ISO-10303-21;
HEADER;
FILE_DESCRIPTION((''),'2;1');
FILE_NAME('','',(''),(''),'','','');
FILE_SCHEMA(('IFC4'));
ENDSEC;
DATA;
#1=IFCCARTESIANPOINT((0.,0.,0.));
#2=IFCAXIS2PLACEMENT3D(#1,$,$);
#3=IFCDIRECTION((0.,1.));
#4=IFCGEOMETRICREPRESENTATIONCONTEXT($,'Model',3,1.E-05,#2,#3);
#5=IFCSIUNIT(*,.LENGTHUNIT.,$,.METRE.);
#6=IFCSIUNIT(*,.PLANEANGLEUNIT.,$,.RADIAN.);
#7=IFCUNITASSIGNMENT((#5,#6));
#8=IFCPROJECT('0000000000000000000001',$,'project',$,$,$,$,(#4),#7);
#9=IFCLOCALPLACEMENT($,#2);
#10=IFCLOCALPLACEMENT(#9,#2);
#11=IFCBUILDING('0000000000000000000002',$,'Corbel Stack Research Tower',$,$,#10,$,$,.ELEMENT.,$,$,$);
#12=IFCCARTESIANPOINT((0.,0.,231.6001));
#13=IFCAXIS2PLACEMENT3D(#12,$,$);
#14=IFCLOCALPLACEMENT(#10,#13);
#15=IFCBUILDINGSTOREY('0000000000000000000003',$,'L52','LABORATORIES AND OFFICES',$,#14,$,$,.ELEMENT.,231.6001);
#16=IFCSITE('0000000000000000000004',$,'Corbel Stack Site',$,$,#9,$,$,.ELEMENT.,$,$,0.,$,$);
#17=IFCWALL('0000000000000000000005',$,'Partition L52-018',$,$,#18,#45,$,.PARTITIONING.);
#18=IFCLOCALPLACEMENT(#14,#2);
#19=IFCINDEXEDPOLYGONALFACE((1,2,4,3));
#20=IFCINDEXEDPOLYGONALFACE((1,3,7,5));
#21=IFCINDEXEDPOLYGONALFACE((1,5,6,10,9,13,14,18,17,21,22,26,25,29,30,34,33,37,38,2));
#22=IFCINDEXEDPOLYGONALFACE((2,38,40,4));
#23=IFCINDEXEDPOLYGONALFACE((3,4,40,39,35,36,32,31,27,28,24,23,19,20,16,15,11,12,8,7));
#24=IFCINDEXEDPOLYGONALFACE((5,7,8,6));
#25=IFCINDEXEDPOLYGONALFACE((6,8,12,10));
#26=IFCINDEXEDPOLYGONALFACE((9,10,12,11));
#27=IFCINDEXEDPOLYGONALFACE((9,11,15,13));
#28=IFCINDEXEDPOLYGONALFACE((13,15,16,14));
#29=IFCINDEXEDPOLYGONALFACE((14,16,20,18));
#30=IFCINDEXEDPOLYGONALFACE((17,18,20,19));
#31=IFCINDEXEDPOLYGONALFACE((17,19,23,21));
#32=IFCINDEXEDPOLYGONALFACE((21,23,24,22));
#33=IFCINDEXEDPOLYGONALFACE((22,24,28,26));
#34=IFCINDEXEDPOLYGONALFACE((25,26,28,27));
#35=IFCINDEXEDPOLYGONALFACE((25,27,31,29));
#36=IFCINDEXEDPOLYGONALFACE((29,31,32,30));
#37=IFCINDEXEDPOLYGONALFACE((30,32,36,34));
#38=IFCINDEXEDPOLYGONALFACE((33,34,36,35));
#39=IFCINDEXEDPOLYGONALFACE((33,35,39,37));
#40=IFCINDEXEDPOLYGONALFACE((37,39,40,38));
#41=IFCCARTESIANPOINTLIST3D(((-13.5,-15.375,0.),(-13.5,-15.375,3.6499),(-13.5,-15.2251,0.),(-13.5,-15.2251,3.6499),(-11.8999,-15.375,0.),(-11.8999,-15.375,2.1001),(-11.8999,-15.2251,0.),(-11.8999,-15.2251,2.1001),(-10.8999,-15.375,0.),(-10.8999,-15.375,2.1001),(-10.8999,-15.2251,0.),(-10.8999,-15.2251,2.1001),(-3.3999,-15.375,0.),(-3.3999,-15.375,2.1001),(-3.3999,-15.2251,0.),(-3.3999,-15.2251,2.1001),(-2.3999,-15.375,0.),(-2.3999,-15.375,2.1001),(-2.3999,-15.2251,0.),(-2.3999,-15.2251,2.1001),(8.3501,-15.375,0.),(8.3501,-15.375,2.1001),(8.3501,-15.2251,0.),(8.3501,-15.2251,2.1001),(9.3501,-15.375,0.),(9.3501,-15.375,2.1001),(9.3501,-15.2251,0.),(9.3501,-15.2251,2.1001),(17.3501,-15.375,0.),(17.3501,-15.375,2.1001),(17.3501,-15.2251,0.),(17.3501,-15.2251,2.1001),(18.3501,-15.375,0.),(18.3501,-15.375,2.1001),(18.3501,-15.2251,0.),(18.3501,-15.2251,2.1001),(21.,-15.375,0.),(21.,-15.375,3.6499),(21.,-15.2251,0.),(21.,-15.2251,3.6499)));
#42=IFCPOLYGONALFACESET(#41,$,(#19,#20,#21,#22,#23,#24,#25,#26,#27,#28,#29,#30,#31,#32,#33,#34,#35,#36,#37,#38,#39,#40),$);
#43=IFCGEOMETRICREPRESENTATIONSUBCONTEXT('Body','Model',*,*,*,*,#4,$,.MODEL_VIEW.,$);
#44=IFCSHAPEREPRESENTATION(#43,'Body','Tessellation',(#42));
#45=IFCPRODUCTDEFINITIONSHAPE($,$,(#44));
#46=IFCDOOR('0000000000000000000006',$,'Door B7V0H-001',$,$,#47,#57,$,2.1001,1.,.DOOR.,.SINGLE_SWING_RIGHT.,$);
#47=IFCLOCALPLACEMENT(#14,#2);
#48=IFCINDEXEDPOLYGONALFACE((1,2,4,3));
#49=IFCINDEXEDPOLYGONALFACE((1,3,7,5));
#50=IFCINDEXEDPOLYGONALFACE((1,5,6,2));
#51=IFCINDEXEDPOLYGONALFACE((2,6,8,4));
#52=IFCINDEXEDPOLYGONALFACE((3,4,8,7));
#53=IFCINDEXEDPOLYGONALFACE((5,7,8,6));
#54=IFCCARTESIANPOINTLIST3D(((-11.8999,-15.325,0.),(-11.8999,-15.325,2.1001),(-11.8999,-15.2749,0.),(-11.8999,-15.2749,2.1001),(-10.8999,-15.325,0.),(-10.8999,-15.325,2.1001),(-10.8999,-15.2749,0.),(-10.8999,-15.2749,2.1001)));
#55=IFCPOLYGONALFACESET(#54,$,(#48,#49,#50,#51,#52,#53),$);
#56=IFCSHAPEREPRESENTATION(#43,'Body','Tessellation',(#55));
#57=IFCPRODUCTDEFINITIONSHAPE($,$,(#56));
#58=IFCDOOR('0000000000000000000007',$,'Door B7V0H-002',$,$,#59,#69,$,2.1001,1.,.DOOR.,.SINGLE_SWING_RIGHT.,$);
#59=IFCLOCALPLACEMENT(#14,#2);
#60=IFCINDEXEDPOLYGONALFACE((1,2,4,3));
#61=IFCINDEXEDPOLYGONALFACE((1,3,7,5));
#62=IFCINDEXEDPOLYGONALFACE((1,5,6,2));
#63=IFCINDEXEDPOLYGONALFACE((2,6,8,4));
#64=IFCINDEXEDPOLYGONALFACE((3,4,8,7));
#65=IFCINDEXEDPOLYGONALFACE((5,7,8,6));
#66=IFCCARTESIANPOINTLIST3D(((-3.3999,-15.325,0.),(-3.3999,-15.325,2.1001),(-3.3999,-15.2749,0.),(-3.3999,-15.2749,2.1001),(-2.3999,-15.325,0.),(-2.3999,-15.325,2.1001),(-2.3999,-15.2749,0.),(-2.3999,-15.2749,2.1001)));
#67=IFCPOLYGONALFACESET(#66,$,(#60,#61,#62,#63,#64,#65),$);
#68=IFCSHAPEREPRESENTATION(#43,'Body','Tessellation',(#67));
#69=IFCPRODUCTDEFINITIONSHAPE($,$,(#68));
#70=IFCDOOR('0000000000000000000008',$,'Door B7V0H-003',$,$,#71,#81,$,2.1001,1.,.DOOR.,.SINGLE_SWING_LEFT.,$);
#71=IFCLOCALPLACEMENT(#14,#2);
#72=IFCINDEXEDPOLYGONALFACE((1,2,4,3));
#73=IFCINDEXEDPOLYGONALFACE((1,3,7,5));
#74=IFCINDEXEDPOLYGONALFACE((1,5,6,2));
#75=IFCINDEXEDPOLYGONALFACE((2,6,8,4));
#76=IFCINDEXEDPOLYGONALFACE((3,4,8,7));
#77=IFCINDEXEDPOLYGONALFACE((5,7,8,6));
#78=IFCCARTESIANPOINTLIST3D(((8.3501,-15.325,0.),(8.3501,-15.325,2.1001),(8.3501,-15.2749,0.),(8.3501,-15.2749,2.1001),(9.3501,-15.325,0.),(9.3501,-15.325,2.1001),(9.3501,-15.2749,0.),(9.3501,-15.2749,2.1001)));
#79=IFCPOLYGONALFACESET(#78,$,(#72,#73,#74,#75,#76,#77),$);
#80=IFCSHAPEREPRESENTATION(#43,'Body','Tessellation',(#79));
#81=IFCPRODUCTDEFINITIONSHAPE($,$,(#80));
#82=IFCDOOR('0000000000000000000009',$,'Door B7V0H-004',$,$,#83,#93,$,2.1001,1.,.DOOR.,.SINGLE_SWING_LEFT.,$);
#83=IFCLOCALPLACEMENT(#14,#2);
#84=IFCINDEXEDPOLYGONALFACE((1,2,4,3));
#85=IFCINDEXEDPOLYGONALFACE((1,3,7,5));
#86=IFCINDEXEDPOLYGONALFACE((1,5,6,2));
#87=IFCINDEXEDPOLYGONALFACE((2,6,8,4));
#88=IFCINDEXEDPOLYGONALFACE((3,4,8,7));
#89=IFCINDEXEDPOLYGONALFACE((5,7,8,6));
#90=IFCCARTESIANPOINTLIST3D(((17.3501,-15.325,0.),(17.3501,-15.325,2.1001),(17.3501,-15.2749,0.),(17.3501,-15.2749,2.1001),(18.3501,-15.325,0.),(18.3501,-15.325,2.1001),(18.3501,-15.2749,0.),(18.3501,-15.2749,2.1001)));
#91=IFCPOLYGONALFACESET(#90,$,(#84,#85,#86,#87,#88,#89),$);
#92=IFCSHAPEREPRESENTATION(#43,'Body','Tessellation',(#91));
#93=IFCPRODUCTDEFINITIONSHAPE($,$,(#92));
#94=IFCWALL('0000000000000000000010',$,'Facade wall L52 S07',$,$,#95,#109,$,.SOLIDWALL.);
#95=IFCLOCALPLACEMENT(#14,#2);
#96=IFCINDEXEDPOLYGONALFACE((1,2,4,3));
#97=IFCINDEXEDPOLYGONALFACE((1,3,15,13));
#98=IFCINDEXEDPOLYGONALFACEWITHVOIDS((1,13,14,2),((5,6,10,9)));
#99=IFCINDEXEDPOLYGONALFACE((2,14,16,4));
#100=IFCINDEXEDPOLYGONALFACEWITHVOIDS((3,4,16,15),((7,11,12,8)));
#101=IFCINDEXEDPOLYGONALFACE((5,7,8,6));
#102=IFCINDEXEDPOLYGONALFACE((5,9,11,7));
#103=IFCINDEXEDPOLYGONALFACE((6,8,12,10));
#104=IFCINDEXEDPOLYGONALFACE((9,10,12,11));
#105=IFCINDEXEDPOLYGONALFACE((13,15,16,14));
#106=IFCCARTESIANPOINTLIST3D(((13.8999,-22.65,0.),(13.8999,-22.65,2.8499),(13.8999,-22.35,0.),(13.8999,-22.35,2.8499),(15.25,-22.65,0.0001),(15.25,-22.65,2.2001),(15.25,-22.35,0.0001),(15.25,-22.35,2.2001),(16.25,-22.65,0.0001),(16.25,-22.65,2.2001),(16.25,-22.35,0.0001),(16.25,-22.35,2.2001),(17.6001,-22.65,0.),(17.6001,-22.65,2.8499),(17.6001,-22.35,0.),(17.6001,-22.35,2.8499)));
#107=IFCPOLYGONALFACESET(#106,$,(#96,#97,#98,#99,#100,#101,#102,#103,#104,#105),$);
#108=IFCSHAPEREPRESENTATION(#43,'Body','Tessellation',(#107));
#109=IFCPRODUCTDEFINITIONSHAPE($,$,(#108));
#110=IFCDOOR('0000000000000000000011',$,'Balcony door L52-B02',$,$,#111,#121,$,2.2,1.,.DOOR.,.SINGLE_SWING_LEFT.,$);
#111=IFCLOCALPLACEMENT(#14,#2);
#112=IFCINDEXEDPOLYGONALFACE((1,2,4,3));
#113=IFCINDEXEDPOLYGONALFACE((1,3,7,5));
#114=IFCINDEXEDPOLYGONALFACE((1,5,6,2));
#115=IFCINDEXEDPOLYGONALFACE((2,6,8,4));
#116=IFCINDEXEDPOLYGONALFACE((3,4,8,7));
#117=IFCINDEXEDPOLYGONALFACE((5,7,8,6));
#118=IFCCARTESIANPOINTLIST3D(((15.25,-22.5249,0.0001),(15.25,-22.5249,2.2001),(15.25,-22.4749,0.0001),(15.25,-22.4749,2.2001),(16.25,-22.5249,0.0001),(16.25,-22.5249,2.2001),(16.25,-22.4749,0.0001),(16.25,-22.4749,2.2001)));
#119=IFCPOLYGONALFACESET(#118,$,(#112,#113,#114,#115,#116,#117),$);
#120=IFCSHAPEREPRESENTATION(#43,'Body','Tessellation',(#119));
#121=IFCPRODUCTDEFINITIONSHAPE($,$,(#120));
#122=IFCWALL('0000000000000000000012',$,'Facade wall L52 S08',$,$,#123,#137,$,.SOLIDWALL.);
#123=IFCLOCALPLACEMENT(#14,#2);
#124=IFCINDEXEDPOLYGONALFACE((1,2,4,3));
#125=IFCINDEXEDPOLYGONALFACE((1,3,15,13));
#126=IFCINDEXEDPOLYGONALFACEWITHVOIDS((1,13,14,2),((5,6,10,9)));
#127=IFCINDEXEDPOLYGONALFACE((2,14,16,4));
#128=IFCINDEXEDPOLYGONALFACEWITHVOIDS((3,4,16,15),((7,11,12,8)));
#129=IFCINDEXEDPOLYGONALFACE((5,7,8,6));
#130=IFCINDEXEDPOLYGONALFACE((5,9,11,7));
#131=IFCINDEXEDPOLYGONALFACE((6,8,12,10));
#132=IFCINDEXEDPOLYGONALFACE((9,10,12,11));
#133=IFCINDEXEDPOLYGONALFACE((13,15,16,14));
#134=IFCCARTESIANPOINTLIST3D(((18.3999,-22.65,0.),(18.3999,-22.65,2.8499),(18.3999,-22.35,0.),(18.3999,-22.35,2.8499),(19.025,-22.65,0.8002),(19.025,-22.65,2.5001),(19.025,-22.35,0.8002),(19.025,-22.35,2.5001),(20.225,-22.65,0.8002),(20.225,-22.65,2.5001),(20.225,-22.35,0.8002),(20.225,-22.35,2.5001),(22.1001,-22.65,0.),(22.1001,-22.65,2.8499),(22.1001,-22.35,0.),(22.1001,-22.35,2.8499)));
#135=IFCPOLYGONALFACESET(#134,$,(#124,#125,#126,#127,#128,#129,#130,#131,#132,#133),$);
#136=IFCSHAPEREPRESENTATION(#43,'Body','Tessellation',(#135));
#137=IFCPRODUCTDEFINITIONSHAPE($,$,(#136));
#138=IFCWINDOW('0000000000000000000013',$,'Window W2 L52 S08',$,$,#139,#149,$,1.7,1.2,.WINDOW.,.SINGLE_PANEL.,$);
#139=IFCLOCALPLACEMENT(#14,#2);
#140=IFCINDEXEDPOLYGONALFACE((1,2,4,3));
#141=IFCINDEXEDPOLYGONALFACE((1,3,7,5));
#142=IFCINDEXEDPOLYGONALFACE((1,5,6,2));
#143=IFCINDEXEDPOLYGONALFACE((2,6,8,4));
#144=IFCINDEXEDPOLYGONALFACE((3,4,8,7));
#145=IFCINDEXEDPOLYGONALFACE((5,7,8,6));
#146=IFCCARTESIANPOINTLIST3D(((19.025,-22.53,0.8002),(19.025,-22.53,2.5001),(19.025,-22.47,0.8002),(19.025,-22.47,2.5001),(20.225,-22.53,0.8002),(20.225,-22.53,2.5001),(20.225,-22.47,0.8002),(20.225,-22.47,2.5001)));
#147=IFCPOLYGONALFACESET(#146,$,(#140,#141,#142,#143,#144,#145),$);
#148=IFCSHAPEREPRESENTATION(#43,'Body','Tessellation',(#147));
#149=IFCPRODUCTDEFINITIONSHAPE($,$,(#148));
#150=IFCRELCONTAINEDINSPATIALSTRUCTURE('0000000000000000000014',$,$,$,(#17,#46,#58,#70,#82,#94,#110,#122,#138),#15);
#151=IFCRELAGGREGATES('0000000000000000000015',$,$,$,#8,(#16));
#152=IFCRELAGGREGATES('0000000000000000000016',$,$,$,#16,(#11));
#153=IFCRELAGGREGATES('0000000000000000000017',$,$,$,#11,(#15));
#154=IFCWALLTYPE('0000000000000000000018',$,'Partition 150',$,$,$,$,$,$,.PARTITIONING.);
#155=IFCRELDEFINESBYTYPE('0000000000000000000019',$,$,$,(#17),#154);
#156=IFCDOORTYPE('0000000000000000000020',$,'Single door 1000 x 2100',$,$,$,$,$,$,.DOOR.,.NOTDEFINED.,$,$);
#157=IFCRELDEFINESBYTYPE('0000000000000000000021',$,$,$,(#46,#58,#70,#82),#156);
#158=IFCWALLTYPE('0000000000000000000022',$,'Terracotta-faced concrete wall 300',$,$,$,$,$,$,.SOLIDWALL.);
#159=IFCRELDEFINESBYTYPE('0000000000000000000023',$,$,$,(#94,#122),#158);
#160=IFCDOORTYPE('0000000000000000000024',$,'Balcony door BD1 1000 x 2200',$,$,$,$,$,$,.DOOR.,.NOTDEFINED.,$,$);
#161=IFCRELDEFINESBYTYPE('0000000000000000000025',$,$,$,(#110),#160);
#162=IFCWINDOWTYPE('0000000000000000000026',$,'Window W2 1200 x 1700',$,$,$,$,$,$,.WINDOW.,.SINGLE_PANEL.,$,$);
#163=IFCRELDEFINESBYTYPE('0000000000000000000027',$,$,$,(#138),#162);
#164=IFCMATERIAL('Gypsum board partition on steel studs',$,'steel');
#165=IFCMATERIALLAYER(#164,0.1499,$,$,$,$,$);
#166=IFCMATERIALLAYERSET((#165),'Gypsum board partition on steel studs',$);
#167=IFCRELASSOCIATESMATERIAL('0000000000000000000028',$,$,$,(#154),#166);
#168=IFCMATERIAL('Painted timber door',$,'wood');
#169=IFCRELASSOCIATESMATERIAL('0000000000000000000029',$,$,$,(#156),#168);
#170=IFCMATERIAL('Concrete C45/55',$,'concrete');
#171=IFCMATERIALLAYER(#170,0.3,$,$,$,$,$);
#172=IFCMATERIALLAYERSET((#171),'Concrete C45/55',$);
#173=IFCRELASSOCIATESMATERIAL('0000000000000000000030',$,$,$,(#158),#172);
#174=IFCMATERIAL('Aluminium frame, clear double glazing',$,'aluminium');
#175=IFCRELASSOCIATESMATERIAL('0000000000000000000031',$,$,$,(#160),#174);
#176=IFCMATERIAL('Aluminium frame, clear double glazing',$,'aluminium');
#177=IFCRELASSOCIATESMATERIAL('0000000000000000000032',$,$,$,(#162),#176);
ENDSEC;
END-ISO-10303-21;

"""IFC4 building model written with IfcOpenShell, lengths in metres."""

from ifc_helpers import new_model, si_unit, direction, frame, frame_2d, origin, place, context, subcontext, project, spatial, rectangle, extrude, material, layer, layer_set, type_object, element, fill, save


model = new_model("IFC4")

# Units and contexts
model_context = context("Model", 3, precision=1e-05, world=origin(), true_north=direction((0.0, 1.0)))
body_context = subcontext(model_context, "Body", "Model", "MODEL_VIEW")
ifc_project = project(units=[si_unit("LENGTHUNIT", "METRE"), si_unit("PLANEANGLEUNIT", "RADIAN")], contexts=[model_context])

# Site, building, storey
site_placement = place(None, origin())
site = spatial("IfcSite", under=ifc_project, at=site_placement, Name="Corbel Stack Site", CompositionType="ELEMENT", RefElevation=0.0)
building_placement = place(site_placement, origin())
building = spatial("IfcBuilding", under=site, at=building_placement, Name="Corbel Stack Research Tower", CompositionType="ELEMENT")
storey_placement = place(building_placement, frame((0.0, 0.0, 231.6001)))
storey = spatial("IfcBuildingStorey", under=building, at=storey_placement, Name="L52", Description="LABORATORIES AND OFFICES", CompositionType="ELEMENT", Elevation=231.6001)

# Wall, openings, doors
ifc_material_1 = material(Name="Gypsum board partition on steel studs", Category="steel")
ifc_layer_1 = layer(ifc_material_1, 0.1499)
ifc_layer_set_1 = layer_set([ifc_layer_1], Name="Gypsum board partition on steel studs")
wall_type_1 = type_object("IfcWallType", Name="Partition 150", PredefinedType="PARTITIONING", material=ifc_layer_set_1)
wall_1_placement = place(storey_placement, frame((21.0, -15.3, 0.0), z_axis=(0.0, 0.0, 1.0), x_axis=(-1.0, 0.0, 0.0)))
wall_1 = element("IfcWall", 1, at=wall_1_placement, inside=storey, type_object=wall_type_1, Name="Partition L52-018", PredefinedType="PARTITIONING", context=body_context, shape_type="SweptSolid", body=[
    extrude(rectangle(XDim=34.5, YDim=0.1499, at=frame_2d((17.25, 0.0))), origin(), (0.0, 0.0, 1.0), 3.6499),
])
opening_1_placement = place(wall_1_placement, frame((31.8999, 0.0, 0.0)))
opening_1 = element("IfcOpeningElement", 2, at=opening_1_placement, cuts=wall_1, PredefinedType="OPENING", context=body_context, shape_type="SweptSolid", body=[
    extrude(rectangle(XDim=1.0, YDim=2.1001, at=frame_2d((0.5, 1.05))), frame((0.0, 0.085, 0.0), z_axis=(0.0, -1.0, 0.0), x_axis=(1.0, 0.0, 0.0)), (0.0, 0.0, 1.0), 0.1699),
])
opening_2_placement = place(wall_1_placement, frame((23.3999, 0.0, 0.0)))
opening_2 = element("IfcOpeningElement", 3, at=opening_2_placement, cuts=wall_1, PredefinedType="OPENING", context=body_context, shape_type="SweptSolid", body=[
    extrude(rectangle(XDim=1.0, YDim=2.1001, at=frame_2d((0.5, 1.05))), frame((0.0, 0.085, 0.0), z_axis=(0.0, -1.0, 0.0), x_axis=(1.0, 0.0, 0.0)), (0.0, 0.0, 1.0), 0.1699),
])
opening_3_placement = place(wall_1_placement, frame((11.6499, 0.0, 0.0)))
opening_3 = element("IfcOpeningElement", 4, at=opening_3_placement, cuts=wall_1, PredefinedType="OPENING", context=body_context, shape_type="SweptSolid", body=[
    extrude(rectangle(XDim=1.0, YDim=2.1001, at=frame_2d((0.5, 1.05))), frame((0.0, 0.085, 0.0), z_axis=(0.0, -1.0, 0.0), x_axis=(1.0, 0.0, 0.0)), (0.0, 0.0, 1.0), 0.1699),
])
opening_4_placement = place(wall_1_placement, frame((2.6499, 0.0, 0.0)))
opening_4 = element("IfcOpeningElement", 5, at=opening_4_placement, cuts=wall_1, PredefinedType="OPENING", context=body_context, shape_type="SweptSolid", body=[
    extrude(rectangle(XDim=1.0, YDim=2.1001, at=frame_2d((0.5, 1.05))), frame((0.0, 0.085, 0.0), z_axis=(0.0, -1.0, 0.0), x_axis=(1.0, 0.0, 0.0)), (0.0, 0.0, 1.0), 0.1699),
])
ifc_material_2 = material(Name="Painted timber door", Category="wood")
door_type_1 = type_object("IfcDoorType", Name="Single door 1000 x 2100", OperationType="NOTDEFINED", PredefinedType="DOOR", material=ifc_material_2)
door_1_placement = place(opening_1_placement, origin())
door_1 = element("IfcDoor", 6, at=door_1_placement, inside=storey, type_object=door_type_1, Name="Door B7V0H-001", OperationType="SINGLE_SWING_RIGHT", OverallHeight=2.1001, OverallWidth=1.0, PredefinedType="DOOR", context=body_context, shape_type="SweptSolid", body=[
    extrude(rectangle(XDim=1.0, YDim=2.1001, at=frame_2d((0.5, 1.05))), frame((0.0, 0.0249, 0.0), z_axis=(0.0, -1.0, 0.0), x_axis=(1.0, 0.0, 0.0)), (0.0, 0.0, 1.0), 0.05),
])
fill(opening_1, door_1)
door_2_placement = place(opening_2_placement, origin())
door_2 = element("IfcDoor", 7, at=door_2_placement, inside=storey, type_object=door_type_1, Name="Door B7V0H-002", OperationType="SINGLE_SWING_RIGHT", OverallHeight=2.1001, OverallWidth=1.0, PredefinedType="DOOR", context=body_context, shape_type="SweptSolid", body=[
    extrude(rectangle(XDim=1.0, YDim=2.1001, at=frame_2d((0.5, 1.05))), frame((0.0, 0.0249, 0.0), z_axis=(0.0, -1.0, 0.0), x_axis=(1.0, 0.0, 0.0)), (0.0, 0.0, 1.0), 0.05),
])
fill(opening_2, door_2)
door_3_placement = place(opening_3_placement, origin())
door_3 = element("IfcDoor", 8, at=door_3_placement, inside=storey, type_object=door_type_1, Name="Door B7V0H-003", OperationType="SINGLE_SWING_LEFT", OverallHeight=2.1001, OverallWidth=1.0, PredefinedType="DOOR", context=body_context, shape_type="SweptSolid", body=[
    extrude(rectangle(XDim=1.0, YDim=2.1001, at=frame_2d((0.5, 1.05))), frame((0.0, 0.0249, 0.0), z_axis=(0.0, -1.0, 0.0), x_axis=(1.0, 0.0, 0.0)), (0.0, 0.0, 1.0), 0.05),
])
fill(opening_3, door_3)
door_4_placement = place(opening_4_placement, origin())
door_4 = element("IfcDoor", 9, at=door_4_placement, inside=storey, type_object=door_type_1, Name="Door B7V0H-004", OperationType="SINGLE_SWING_LEFT", OverallHeight=2.1001, OverallWidth=1.0, PredefinedType="DOOR", context=body_context, shape_type="SweptSolid", body=[
    extrude(rectangle(XDim=1.0, YDim=2.1001, at=frame_2d((0.5, 1.05))), frame((0.0, 0.0249, 0.0), z_axis=(0.0, -1.0, 0.0), x_axis=(1.0, 0.0, 0.0)), (0.0, 0.0, 1.0), 0.05),
])
fill(opening_4, door_4)

# Wall, opening, door
ifc_material_3 = material(Name="Concrete C45/55", Category="concrete")
ifc_layer_2 = layer(ifc_material_3, 0.3)
ifc_layer_set_2 = layer_set([ifc_layer_2], Name="Concrete C45/55")
wall_type_2 = type_object("IfcWallType", Name="Terracotta-faced concrete wall 300", PredefinedType="SOLIDWALL", material=ifc_layer_set_2)
wall_2_placement = place(storey_placement, frame((17.6001, -22.5, 0.0), z_axis=(0.0, 0.0, 1.0), x_axis=(-1.0, 0.0, 0.0)))
wall_2 = element("IfcWall", 10, at=wall_2_placement, inside=storey, type_object=wall_type_2, Name="Facade wall L52 S07", PredefinedType="SOLIDWALL", context=body_context, shape_type="SweptSolid", body=[
    extrude(rectangle(XDim=3.7002, YDim=0.3, at=frame_2d((1.8501, 0.0))), origin(), (0.0, 0.0, 1.0), 2.8499),
])
opening_5_placement = place(wall_2_placement, frame((1.3501, 0.0, 0.0)))
opening_5 = element("IfcOpeningElement", 11, at=opening_5_placement, cuts=wall_2, PredefinedType="OPENING", context=body_context, shape_type="SweptSolid", body=[
    extrude(rectangle(XDim=1.0, YDim=2.2, at=frame_2d((0.5, 1.1001))), frame((0.0, 0.1599, 0.0), z_axis=(0.0, -1.0, 0.0), x_axis=(1.0, 0.0, 0.0)), (0.0, 0.0, 1.0), 0.3201),
])
ifc_material_4 = material(Name="Aluminium frame, clear double glazing", Category="aluminium")
door_type_2 = type_object("IfcDoorType", Name="Balcony door BD1 1000 x 2200", OperationType="NOTDEFINED", PredefinedType="DOOR", material=ifc_material_4)
door_5_placement = place(opening_5_placement, origin())
door_5 = element("IfcDoor", 12, at=door_5_placement, inside=storey, type_object=door_type_2, Name="Balcony door L52-B02", OperationType="SINGLE_SWING_LEFT", OverallHeight=2.2, OverallWidth=1.0, PredefinedType="DOOR", context=body_context, shape_type="SweptSolid", body=[
    extrude(rectangle(XDim=1.0, YDim=2.2, at=frame_2d((0.5, 1.1001))), frame((0.0, 0.0249, 0.0), z_axis=(0.0, -1.0, 0.0), x_axis=(1.0, 0.0, 0.0)), (0.0, 0.0, 1.0), 0.05),
])
fill(opening_5, door_5)

# Wall, opening, window
wall_3_placement = place(storey_placement, frame((22.1001, -22.5, 0.0), z_axis=(0.0, 0.0, 1.0), x_axis=(-1.0, 0.0, 0.0)))
wall_3 = element("IfcWall", 13, at=wall_3_placement, inside=storey, type_object=wall_type_2, Name="Facade wall L52 S08", PredefinedType="SOLIDWALL", context=body_context, shape_type="SweptSolid", body=[
    extrude(rectangle(XDim=3.7002, YDim=0.3, at=frame_2d((1.8501, 0.0))), origin(), (0.0, 0.0, 1.0), 2.8499),
])
opening_6_placement = place(wall_3_placement, frame((1.875, 0.0, 0.8)))
opening_6 = element("IfcOpeningElement", 14, at=opening_6_placement, cuts=wall_3, PredefinedType="OPENING", context=body_context, shape_type="SweptSolid", body=[
    extrude(rectangle(XDim=1.2, YDim=1.7, at=frame_2d((0.6001, 0.8501))), frame((0.0, 0.1599, 0.0), z_axis=(0.0, -1.0, 0.0), x_axis=(1.0, 0.0, 0.0)), (0.0, 0.0, 1.0), 0.3201),
])
ifc_material_5 = material(Name="Aluminium frame, clear double glazing", Category="aluminium")
window_type_1 = type_object("IfcWindowType", Name="Window W2 1200 x 1700", PartitioningType="SINGLE_PANEL", PredefinedType="WINDOW", material=ifc_material_5)
window_1_placement = place(opening_6_placement, origin())
window_1 = element("IfcWindow", 15, at=window_1_placement, inside=storey, type_object=window_type_1, Name="Window W2 L52 S08", OverallHeight=1.7, OverallWidth=1.2, PartitioningType="SINGLE_PANEL", PredefinedType="WINDOW", context=body_context, shape_type="SweptSolid", body=[
    extrude(rectangle(XDim=1.2, YDim=1.7, at=frame_2d((0.6001, 0.8501))), frame((0.0, 0.03, 0.0), z_axis=(0.0, -1.0, 0.0), x_axis=(1.0, 0.0, 0.0)), (0.0, 0.0, 1.0), 0.0601),
])
fill(opening_6, window_1)

save(model, "model.ifc")
